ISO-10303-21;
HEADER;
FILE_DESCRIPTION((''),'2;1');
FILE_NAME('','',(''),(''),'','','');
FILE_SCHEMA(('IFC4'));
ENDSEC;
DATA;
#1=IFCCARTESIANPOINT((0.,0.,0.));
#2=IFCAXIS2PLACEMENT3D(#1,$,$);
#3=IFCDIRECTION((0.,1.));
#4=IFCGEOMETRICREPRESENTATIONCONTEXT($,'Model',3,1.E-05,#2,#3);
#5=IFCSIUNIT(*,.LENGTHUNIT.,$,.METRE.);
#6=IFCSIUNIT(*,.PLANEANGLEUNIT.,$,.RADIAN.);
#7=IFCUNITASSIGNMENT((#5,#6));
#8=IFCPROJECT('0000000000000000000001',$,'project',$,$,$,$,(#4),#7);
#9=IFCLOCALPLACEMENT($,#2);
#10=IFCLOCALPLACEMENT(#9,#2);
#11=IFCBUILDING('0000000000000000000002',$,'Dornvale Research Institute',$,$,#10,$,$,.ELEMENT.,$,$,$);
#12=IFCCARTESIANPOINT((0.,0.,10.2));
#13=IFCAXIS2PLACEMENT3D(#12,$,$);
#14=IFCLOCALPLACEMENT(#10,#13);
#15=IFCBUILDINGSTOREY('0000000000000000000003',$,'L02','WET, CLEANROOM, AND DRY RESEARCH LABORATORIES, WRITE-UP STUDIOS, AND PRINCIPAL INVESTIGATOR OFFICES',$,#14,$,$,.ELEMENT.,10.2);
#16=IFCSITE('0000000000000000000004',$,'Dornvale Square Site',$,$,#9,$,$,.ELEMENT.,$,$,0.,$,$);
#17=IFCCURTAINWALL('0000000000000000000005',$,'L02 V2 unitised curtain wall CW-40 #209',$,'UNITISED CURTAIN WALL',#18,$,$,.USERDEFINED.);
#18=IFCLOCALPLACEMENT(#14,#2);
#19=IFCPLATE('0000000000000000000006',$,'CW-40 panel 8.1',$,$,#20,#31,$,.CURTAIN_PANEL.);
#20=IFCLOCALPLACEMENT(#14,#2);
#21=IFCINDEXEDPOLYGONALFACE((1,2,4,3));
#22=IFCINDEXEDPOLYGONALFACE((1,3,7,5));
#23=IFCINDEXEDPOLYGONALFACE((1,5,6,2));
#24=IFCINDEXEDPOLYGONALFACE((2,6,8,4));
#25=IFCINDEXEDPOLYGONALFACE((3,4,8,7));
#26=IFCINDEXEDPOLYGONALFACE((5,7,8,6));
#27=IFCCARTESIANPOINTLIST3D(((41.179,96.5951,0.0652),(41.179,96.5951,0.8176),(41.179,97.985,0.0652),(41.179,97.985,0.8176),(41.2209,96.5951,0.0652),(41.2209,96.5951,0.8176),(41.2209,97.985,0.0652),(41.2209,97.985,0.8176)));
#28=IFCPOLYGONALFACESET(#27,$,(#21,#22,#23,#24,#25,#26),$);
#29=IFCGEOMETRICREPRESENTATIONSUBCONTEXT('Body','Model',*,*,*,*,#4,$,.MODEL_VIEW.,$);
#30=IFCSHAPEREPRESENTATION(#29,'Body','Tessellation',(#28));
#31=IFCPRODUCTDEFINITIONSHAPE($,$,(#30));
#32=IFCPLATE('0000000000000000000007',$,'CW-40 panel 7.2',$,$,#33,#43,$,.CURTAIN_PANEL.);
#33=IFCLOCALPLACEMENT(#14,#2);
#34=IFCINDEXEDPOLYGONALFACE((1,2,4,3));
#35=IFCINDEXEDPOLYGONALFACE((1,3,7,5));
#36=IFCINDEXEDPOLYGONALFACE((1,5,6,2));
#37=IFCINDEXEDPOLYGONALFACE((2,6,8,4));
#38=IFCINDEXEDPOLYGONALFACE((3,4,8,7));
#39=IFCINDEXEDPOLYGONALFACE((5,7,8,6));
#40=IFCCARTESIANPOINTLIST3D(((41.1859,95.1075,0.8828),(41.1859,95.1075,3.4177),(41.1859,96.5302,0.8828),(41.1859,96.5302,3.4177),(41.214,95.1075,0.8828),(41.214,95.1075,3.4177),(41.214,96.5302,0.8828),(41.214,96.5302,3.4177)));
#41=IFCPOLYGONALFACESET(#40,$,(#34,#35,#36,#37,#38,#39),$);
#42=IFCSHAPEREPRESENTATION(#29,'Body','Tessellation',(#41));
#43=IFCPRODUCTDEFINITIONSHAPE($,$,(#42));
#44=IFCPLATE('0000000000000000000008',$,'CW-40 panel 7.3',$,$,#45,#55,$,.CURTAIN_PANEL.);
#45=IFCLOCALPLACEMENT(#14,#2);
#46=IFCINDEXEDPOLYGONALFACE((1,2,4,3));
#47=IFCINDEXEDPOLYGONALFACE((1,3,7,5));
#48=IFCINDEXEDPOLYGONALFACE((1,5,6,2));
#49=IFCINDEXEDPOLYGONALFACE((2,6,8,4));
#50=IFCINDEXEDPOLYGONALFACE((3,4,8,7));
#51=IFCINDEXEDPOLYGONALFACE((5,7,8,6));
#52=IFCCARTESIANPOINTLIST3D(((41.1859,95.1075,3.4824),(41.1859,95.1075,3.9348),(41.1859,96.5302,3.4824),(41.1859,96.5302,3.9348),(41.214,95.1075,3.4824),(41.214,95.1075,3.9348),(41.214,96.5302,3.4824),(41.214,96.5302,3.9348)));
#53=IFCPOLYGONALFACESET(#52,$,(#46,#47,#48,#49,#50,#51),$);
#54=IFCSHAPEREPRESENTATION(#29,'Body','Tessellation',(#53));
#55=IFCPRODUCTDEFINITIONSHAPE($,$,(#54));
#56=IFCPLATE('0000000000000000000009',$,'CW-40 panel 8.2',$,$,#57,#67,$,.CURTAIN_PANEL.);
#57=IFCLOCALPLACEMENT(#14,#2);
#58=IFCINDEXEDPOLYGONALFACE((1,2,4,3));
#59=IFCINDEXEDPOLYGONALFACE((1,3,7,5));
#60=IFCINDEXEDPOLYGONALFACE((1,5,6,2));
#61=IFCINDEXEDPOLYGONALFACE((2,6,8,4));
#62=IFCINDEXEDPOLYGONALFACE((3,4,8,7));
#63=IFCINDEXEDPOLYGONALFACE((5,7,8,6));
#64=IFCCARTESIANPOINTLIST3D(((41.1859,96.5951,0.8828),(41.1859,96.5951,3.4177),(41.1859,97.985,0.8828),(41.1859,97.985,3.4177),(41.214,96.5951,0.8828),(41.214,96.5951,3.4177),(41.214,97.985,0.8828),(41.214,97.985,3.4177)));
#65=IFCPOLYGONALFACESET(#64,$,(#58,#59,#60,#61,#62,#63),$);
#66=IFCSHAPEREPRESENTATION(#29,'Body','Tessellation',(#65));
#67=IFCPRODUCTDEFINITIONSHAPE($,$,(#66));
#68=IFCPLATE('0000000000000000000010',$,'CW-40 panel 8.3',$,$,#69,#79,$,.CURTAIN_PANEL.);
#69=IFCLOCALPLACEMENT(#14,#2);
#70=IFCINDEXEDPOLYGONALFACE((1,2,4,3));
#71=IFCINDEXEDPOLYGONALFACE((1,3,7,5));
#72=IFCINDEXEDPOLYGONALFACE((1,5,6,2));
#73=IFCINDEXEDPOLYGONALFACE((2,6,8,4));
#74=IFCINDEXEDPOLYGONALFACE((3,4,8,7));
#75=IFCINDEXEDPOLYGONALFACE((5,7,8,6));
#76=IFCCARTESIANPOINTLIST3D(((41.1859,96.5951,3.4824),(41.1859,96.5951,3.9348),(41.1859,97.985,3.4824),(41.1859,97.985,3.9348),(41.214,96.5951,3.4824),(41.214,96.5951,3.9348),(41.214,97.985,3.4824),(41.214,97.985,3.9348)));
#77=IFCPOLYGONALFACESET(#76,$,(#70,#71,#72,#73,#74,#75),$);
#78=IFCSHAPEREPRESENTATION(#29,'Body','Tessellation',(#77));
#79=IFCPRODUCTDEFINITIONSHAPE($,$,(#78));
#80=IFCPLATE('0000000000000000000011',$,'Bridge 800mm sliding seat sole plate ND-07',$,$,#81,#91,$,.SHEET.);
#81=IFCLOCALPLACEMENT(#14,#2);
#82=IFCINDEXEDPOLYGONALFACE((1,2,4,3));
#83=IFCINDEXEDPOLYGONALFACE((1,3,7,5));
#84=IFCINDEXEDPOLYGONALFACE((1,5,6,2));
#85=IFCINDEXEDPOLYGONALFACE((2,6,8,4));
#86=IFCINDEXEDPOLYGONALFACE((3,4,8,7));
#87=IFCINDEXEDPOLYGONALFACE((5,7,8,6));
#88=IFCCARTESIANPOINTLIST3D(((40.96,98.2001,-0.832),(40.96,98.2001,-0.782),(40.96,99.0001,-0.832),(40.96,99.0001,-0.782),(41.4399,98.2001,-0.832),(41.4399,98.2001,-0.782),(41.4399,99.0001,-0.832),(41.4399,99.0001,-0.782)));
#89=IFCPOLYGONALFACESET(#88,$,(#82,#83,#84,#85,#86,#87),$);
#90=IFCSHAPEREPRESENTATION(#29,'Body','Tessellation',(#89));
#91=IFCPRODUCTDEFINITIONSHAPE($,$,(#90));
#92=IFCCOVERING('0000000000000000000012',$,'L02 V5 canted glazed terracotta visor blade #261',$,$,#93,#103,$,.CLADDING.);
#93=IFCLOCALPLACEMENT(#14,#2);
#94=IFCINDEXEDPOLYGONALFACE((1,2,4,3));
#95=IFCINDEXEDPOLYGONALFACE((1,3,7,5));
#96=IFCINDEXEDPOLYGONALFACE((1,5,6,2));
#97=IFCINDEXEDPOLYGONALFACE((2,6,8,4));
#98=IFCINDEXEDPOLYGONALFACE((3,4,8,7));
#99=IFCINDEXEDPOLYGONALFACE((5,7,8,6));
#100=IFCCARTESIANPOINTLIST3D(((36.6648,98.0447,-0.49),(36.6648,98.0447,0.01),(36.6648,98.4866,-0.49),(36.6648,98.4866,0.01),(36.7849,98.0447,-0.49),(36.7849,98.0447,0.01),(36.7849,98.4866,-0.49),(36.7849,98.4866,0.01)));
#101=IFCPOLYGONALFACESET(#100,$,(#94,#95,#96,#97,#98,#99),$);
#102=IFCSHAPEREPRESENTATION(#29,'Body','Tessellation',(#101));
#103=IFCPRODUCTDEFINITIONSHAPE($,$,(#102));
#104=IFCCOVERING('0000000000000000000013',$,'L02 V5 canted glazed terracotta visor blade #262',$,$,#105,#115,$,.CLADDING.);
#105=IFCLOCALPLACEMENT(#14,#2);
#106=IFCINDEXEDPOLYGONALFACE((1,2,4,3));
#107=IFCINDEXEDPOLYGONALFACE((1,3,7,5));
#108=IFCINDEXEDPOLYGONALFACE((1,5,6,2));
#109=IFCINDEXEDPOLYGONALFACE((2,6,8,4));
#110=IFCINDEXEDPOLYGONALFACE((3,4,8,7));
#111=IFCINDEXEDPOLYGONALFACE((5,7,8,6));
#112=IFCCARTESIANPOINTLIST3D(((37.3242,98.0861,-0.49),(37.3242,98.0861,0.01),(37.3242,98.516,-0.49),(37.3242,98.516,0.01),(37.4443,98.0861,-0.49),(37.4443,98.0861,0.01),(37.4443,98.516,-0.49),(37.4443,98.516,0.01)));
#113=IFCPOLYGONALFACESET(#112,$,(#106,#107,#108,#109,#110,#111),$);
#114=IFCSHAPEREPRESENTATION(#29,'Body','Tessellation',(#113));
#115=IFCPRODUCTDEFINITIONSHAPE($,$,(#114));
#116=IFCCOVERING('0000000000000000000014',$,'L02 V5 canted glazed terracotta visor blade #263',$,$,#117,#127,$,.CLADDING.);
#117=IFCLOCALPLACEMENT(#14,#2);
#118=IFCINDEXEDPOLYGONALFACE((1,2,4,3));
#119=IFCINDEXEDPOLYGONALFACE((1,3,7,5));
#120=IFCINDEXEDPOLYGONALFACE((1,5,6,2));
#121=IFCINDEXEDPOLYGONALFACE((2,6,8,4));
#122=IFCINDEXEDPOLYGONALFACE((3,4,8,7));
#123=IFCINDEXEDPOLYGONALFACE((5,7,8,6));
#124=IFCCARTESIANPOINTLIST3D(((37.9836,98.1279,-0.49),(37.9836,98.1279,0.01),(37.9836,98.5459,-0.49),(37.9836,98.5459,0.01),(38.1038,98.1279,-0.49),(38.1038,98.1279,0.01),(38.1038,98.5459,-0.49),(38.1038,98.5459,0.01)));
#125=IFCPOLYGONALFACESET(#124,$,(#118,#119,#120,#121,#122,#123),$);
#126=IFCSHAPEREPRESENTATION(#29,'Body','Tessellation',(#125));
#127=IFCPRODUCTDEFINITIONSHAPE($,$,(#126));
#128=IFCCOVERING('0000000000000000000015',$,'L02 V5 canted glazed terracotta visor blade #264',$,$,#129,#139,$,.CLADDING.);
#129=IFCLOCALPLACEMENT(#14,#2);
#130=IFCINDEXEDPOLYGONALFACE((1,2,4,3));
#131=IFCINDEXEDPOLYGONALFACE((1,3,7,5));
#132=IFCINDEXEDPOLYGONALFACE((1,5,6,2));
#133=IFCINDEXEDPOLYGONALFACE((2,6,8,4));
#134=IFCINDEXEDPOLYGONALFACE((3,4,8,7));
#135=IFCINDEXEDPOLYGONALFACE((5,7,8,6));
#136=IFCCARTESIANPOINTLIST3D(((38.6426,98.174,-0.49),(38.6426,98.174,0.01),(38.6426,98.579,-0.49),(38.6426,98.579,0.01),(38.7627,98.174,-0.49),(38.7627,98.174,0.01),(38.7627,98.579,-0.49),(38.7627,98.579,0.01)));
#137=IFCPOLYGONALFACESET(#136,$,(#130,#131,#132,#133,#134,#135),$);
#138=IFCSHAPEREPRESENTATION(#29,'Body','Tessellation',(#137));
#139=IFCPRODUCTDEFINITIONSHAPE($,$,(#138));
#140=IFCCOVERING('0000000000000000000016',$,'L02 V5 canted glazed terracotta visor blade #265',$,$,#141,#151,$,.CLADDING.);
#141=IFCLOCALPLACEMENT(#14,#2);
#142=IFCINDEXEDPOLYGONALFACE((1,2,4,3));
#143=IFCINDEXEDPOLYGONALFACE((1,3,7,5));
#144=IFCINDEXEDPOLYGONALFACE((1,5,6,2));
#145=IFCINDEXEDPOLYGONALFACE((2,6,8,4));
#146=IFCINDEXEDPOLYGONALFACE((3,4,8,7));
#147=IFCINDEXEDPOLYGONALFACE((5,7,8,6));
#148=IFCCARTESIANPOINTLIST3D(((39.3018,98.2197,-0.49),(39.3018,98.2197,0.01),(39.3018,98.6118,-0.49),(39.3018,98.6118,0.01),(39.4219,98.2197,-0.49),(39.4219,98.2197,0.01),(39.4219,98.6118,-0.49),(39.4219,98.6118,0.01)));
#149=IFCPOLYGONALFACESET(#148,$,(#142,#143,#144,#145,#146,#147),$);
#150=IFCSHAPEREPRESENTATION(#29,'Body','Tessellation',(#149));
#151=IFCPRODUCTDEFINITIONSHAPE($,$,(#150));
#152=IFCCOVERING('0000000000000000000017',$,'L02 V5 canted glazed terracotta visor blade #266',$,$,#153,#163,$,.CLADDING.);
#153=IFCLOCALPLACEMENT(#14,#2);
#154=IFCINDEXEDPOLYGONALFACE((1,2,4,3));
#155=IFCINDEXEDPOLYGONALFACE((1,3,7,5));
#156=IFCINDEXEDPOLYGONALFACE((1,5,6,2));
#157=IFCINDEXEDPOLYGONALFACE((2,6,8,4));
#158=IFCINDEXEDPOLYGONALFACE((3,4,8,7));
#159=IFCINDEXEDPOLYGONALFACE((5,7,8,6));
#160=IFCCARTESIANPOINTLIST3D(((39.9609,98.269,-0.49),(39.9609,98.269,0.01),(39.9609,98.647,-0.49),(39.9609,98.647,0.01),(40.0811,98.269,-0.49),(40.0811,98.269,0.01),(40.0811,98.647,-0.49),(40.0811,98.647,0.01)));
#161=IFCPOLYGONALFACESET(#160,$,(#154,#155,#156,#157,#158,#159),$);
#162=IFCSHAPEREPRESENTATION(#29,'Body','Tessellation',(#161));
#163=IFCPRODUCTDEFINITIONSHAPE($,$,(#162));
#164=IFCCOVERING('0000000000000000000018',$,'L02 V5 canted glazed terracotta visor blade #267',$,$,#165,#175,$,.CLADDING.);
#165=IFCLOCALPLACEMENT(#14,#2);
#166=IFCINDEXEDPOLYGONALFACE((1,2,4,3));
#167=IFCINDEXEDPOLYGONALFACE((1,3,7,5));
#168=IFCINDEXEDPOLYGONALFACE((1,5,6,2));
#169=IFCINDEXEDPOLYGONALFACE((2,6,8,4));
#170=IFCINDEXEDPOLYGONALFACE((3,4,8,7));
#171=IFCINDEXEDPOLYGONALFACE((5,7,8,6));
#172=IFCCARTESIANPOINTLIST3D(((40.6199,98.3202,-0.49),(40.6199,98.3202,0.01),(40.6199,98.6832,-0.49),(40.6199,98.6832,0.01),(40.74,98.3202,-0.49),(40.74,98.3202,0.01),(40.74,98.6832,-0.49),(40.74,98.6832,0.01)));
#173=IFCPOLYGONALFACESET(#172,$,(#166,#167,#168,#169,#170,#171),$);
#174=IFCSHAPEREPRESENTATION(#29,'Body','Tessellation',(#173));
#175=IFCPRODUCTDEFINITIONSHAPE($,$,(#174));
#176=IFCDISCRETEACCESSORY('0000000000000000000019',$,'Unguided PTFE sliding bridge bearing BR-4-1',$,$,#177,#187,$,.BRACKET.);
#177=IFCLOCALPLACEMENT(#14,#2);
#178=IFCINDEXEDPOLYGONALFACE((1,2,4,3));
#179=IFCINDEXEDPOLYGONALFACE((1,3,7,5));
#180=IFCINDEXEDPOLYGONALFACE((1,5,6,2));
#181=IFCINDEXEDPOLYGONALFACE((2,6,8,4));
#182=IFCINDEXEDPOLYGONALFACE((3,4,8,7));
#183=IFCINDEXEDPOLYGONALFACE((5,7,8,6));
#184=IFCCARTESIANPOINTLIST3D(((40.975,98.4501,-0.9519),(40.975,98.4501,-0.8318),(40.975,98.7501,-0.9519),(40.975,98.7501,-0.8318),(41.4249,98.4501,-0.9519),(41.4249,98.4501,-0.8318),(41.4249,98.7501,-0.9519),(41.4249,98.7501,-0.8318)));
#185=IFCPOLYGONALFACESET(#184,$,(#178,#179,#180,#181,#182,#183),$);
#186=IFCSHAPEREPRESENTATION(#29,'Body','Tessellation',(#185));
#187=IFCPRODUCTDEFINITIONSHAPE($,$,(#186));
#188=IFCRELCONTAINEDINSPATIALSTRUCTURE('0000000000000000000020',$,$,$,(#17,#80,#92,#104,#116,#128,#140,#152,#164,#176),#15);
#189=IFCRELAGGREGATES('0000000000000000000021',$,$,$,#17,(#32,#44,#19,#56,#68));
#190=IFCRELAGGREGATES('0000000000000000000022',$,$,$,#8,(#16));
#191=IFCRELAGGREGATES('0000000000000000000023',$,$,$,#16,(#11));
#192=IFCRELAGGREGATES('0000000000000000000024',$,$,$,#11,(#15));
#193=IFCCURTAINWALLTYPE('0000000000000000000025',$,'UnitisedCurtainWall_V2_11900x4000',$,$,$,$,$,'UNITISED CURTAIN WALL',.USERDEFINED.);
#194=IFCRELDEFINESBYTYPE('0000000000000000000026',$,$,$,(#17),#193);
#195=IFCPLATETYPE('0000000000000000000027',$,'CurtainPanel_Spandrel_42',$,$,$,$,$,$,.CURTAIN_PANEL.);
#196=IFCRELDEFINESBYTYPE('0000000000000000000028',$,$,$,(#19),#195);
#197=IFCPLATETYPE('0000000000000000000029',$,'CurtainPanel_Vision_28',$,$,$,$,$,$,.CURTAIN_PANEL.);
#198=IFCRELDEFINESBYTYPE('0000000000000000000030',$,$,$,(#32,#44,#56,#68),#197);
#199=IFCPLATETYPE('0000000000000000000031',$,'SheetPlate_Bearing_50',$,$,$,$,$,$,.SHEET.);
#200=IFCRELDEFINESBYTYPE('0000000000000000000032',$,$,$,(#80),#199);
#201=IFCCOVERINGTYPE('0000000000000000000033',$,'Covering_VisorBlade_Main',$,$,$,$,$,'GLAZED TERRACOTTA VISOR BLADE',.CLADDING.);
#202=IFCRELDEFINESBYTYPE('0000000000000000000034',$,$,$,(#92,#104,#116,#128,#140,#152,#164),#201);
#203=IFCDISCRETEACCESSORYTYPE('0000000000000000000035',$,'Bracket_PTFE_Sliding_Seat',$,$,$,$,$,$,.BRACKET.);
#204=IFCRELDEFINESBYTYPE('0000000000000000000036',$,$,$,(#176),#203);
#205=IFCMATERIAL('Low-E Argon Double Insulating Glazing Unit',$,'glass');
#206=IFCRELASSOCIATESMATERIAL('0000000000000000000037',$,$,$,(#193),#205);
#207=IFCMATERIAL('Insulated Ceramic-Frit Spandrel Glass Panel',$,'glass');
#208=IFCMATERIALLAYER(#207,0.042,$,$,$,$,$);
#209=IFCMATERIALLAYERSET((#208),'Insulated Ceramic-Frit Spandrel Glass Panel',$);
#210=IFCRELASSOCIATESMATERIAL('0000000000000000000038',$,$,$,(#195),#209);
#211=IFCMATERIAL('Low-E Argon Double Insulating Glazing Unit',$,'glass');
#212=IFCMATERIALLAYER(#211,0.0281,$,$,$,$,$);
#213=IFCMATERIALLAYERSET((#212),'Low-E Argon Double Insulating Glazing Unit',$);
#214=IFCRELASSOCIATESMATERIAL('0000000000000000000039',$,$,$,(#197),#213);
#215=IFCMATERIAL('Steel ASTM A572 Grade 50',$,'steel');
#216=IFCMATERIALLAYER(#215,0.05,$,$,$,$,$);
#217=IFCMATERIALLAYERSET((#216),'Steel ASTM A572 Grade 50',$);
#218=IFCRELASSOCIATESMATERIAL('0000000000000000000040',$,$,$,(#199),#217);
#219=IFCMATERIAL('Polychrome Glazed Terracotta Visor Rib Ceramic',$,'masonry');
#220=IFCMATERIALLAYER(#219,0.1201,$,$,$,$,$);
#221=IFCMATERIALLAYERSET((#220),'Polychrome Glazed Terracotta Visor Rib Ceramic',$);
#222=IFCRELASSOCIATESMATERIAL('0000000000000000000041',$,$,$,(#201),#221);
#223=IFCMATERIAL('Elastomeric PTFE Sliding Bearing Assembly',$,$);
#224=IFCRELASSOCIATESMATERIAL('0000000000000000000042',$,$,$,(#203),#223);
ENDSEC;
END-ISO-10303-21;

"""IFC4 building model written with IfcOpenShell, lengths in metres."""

from ifc_helpers import new_model, si_unit, direction, frame, origin, origin_2d, place, context, subcontext, project, spatial, rectangle, extrude, material, layer, layer_set, type_object, element, aggregate, save


model = new_model("IFC4")

# Units and contexts
model_context = context("Model", 3, precision=1e-05, world=origin(), true_north=direction((0.0, 1.0)))
body_context = subcontext(model_context, "Body", "Model", "MODEL_VIEW")
ifc_project = project(units=[si_unit("LENGTHUNIT", "METRE"), si_unit("PLANEANGLEUNIT", "RADIAN")], contexts=[model_context])

# Site, building, storey
site_placement = place(None, origin())
site = spatial("IfcSite", under=ifc_project, at=site_placement, Name="Dornvale Square Site", CompositionType="ELEMENT", RefElevation=0.0)
building_placement = place(site_placement, origin())
building = spatial("IfcBuilding", under=site, at=building_placement, Name="Dornvale Research Institute", CompositionType="ELEMENT")
storey_placement = place(building_placement, frame((0.0, 0.0, 10.2)))
storey = spatial("IfcBuildingStorey", under=building, at=storey_placement, Name="L02", Description="WET, CLEANROOM, AND DRY RESEARCH LABORATORIES, WRITE-UP STUDIOS, AND PRINCIPAL INVESTIGATOR OFFICES", CompositionType="ELEMENT", Elevation=10.2)

# Curtain wall
ifc_material_1 = material(Name="Low-E Argon Double Insulating Glazing Unit", Category="glass")
curtain_wall_type = type_object("IfcCurtainWallType", Name="UnitisedCurtainWall_V2_11900x4000", ElementType="UNITISED CURTAIN WALL", PredefinedType="USERDEFINED", material=ifc_material_1)
curtain_wall_placement = place(storey_placement, origin())
curtain_wall = element("IfcCurtainWall", 1, at=curtain_wall_placement, inside=storey, type_object=curtain_wall_type, Name="L02 V2 unitised curtain wall CW-40 #209", ObjectType="UNITISED CURTAIN WALL", PredefinedType="USERDEFINED")

# Plates
ifc_material_2 = material(Name="Insulated Ceramic-Frit Spandrel Glass Panel", Category="glass")
ifc_layer_1 = layer(ifc_material_2, 0.042)
ifc_layer_set_1 = layer_set([ifc_layer_1], Name="Insulated Ceramic-Frit Spandrel Glass Panel")
plate_type_1 = type_object("IfcPlateType", Name="CurtainPanel_Spandrel_42", PredefinedType="CURTAIN_PANEL", material=ifc_layer_set_1)
plate_1_placement = place(storey_placement, frame((41.2, 97.29, 0.0652), z_axis=(0.0, 0.0, 1.0), x_axis=(0.0, 1.0, 0.0)))
plate_1 = element("IfcPlate", 2, at=plate_1_placement, type_object=plate_type_1, Name="CW-40 panel 8.1", PredefinedType="CURTAIN_PANEL", context=body_context, shape_type="SweptSolid", body=[
    extrude(rectangle(XDim=1.3899, YDim=0.042, at=origin_2d()), origin(), (0.0, 0.0, 1.0), 0.7524),
])
ifc_material_3 = material(Name="Low-E Argon Double Insulating Glazing Unit", Category="glass")
ifc_layer_2 = layer(ifc_material_3, 0.0281)
ifc_layer_set_2 = layer_set([ifc_layer_2], Name="Low-E Argon Double Insulating Glazing Unit")
plate_type_2 = type_object("IfcPlateType", Name="CurtainPanel_Vision_28", PredefinedType="CURTAIN_PANEL", material=ifc_layer_set_2)
plate_2_placement = place(storey_placement, frame((41.2, 95.8188, 0.8828), z_axis=(0.0, 0.0, 1.0), x_axis=(0.0, 1.0, 0.0)))
plate_2 = element("IfcPlate", 3, at=plate_2_placement, type_object=plate_type_2, Name="CW-40 panel 7.2", PredefinedType="CURTAIN_PANEL", context=body_context, shape_type="SweptSolid", body=[
    extrude(rectangle(XDim=1.4226, YDim=0.0281, at=origin_2d()), origin(), (0.0, 0.0, 1.0), 2.5349),
])
plate_3_placement = place(storey_placement, frame((41.2, 95.8188, 3.4824), z_axis=(0.0, 0.0, 1.0), x_axis=(0.0, 1.0, 0.0)))
plate_3 = element("IfcPlate", 4, at=plate_3_placement, type_object=plate_type_2, Name="CW-40 panel 7.3", PredefinedType="CURTAIN_PANEL", context=body_context, shape_type="SweptSolid", body=[
    extrude(rectangle(XDim=1.4226, YDim=0.0281, at=origin_2d()), origin(), (0.0, 0.0, 1.0), 0.4524),
])
plate_4_placement = place(storey_placement, frame((41.2, 97.29, 0.8828), z_axis=(0.0, 0.0, 1.0), x_axis=(0.0, 1.0, 0.0)))
plate_4 = element("IfcPlate", 5, at=plate_4_placement, type_object=plate_type_2, Name="CW-40 panel 8.2", PredefinedType="CURTAIN_PANEL", context=body_context, shape_type="SweptSolid", body=[
    extrude(rectangle(XDim=1.3899, YDim=0.0281, at=origin_2d()), origin(), (0.0, 0.0, 1.0), 2.5349),
])
plate_5_placement = place(storey_placement, frame((41.2, 97.29, 3.4824), z_axis=(0.0, 0.0, 1.0), x_axis=(0.0, 1.0, 0.0)))
plate_5 = element("IfcPlate", 6, at=plate_5_placement, type_object=plate_type_2, Name="CW-40 panel 8.3", PredefinedType="CURTAIN_PANEL", context=body_context, shape_type="SweptSolid", body=[
    extrude(rectangle(XDim=1.3899, YDim=0.0281, at=origin_2d()), origin(), (0.0, 0.0, 1.0), 0.4524),
])
aggregate(curtain_wall, [plate_2, plate_3, plate_1, plate_4, plate_5])
ifc_material_4 = material(Name="Steel ASTM A572 Grade 50", Category="steel")
ifc_layer_3 = layer(ifc_material_4, 0.05)
ifc_layer_set_3 = layer_set([ifc_layer_3], Name="Steel ASTM A572 Grade 50")
plate_type_3 = type_object("IfcPlateType", Name="SheetPlate_Bearing_50", PredefinedType="SHEET", material=ifc_layer_set_3)
plate_6_placement = place(storey_placement, frame((41.2, 98.6001, -0.832), z_axis=(0.0, 0.0, 1.0), x_axis=(1.0, 0.0, 0.0)))
element("IfcPlate", 7, at=plate_6_placement, inside=storey, type_object=plate_type_3, Name="Bridge 800mm sliding seat sole plate ND-07", PredefinedType="SHEET", context=body_context, shape_type="SweptSolid", body=[
    extrude(rectangle(XDim=0.48, YDim=0.8, at=origin_2d()), origin(), (0.0, 0.0, 1.0), 0.05),
])

# Coverings
ifc_material_5 = material(Name="Polychrome Glazed Terracotta Visor Rib Ceramic", Category="masonry")
ifc_layer_4 = layer(ifc_material_5, 0.1201)
ifc_layer_set_4 = layer_set([ifc_layer_4], Name="Polychrome Glazed Terracotta Visor Rib Ceramic")
covering_type = type_object("IfcCoveringType", Name="Covering_VisorBlade_Main", ElementType="GLAZED TERRACOTTA VISOR BLADE", PredefinedType="CLADDING", material=ifc_layer_set_4)
covering_1_placement = place(storey_placement, frame((36.7249, 98.2656, -0.49), z_axis=(0.0, 0.0, 1.0), x_axis=(0.0, 1.0, 0.0)))
element("IfcCovering", 8, at=covering_1_placement, inside=storey, type_object=covering_type, Name="L02 V5 canted glazed terracotta visor blade #261", PredefinedType="CLADDING", context=body_context, shape_type="SweptSolid", body=[
    extrude(rectangle(XDim=0.4419, YDim=0.1201, at=origin_2d()), origin(), (0.0, 0.0, 1.0), 0.5),
])
covering_2_placement = place(storey_placement, frame((37.3843, 98.301, -0.49), z_axis=(0.0, 0.0, 1.0), x_axis=(0.0, 1.0, 0.0)))
element("IfcCovering", 9, at=covering_2_placement, inside=storey, type_object=covering_type, Name="L02 V5 canted glazed terracotta visor blade #262", PredefinedType="CLADDING", context=body_context, shape_type="SweptSolid", body=[
    extrude(rectangle(XDim=0.4299, YDim=0.1201, at=origin_2d()), origin(), (0.0, 0.0, 1.0), 0.5),
])
covering_3_placement = place(storey_placement, frame((38.0437, 98.3369, -0.49), z_axis=(0.0, 0.0, 1.0), x_axis=(0.0, 1.0, 0.0)))
element("IfcCovering", 10, at=covering_3_placement, inside=storey, type_object=covering_type, Name="L02 V5 canted glazed terracotta visor blade #263", PredefinedType="CLADDING", context=body_context, shape_type="SweptSolid", body=[
    extrude(rectangle(XDim=0.418, YDim=0.1201, at=origin_2d()), origin(), (0.0, 0.0, 1.0), 0.5),
])
covering_4_placement = place(storey_placement, frame((38.7026, 98.3765, -0.49), z_axis=(0.0, 0.0, 1.0), x_axis=(0.0, 1.0, 0.0)))
element("IfcCovering", 11, at=covering_4_placement, inside=storey, type_object=covering_type, Name="L02 V5 canted glazed terracotta visor blade #264", PredefinedType="CLADDING", context=body_context, shape_type="SweptSolid", body=[
    extrude(rectangle(XDim=0.405, YDim=0.1201, at=origin_2d()), origin(), (0.0, 0.0, 1.0), 0.5),
])
covering_5_placement = place(storey_placement, frame((39.3618, 98.4158, -0.49), z_axis=(0.0, 0.0, 1.0), x_axis=(0.0, 1.0, 0.0)))
element("IfcCovering", 12, at=covering_5_placement, inside=storey, type_object=covering_type, Name="L02 V5 canted glazed terracotta visor blade #265", PredefinedType="CLADDING", context=body_context, shape_type="SweptSolid", body=[
    extrude(rectangle(XDim=0.3921, YDim=0.1201, at=origin_2d()), origin(), (0.0, 0.0, 1.0), 0.5),
])
covering_6_placement = place(storey_placement, frame((40.021, 98.458, -0.49), z_axis=(0.0, 0.0, 1.0), x_axis=(0.0, 1.0, 0.0)))
element("IfcCovering", 13, at=covering_6_placement, inside=storey, type_object=covering_type, Name="L02 V5 canted glazed terracotta visor blade #266", PredefinedType="CLADDING", context=body_context, shape_type="SweptSolid", body=[
    extrude(rectangle(XDim=0.3779, YDim=0.1201, at=origin_2d()), origin(), (0.0, 0.0, 1.0), 0.5),
])
covering_7_placement = place(storey_placement, frame((40.6799, 98.5017, -0.49), z_axis=(0.0, 0.0, 1.0), x_axis=(0.0, 1.0, 0.0)))
element("IfcCovering", 14, at=covering_7_placement, inside=storey, type_object=covering_type, Name="L02 V5 canted glazed terracotta visor blade #267", PredefinedType="CLADDING", context=body_context, shape_type="SweptSolid", body=[
    extrude(rectangle(XDim=0.363, YDim=0.1201, at=origin_2d()), origin(), (0.0, 0.0, 1.0), 0.5),
])

# Discrete accessory
ifc_material_6 = material(Name="Elastomeric PTFE Sliding Bearing Assembly")
discrete_accessory_type = type_object("IfcDiscreteAccessoryType", Name="Bracket_PTFE_Sliding_Seat", PredefinedType="BRACKET", material=ifc_material_6)
discrete_accessory_placement = place(storey_placement, frame((41.2, 98.6001, -0.9519), z_axis=(0.0, 0.0, 1.0), x_axis=(1.0, 0.0, 0.0)))
element("IfcDiscreteAccessory", 15, at=discrete_accessory_placement, inside=storey, type_object=discrete_accessory_type, Name="Unguided PTFE sliding bridge bearing BR-4-1", PredefinedType="BRACKET", context=body_context, shape_type="SweptSolid", body=[
    extrude(rectangle(XDim=0.45, YDim=0.3, at=origin_2d()), origin(), (0.0, 0.0, 1.0), 0.1201),
])

save(model, "model.ifc")
